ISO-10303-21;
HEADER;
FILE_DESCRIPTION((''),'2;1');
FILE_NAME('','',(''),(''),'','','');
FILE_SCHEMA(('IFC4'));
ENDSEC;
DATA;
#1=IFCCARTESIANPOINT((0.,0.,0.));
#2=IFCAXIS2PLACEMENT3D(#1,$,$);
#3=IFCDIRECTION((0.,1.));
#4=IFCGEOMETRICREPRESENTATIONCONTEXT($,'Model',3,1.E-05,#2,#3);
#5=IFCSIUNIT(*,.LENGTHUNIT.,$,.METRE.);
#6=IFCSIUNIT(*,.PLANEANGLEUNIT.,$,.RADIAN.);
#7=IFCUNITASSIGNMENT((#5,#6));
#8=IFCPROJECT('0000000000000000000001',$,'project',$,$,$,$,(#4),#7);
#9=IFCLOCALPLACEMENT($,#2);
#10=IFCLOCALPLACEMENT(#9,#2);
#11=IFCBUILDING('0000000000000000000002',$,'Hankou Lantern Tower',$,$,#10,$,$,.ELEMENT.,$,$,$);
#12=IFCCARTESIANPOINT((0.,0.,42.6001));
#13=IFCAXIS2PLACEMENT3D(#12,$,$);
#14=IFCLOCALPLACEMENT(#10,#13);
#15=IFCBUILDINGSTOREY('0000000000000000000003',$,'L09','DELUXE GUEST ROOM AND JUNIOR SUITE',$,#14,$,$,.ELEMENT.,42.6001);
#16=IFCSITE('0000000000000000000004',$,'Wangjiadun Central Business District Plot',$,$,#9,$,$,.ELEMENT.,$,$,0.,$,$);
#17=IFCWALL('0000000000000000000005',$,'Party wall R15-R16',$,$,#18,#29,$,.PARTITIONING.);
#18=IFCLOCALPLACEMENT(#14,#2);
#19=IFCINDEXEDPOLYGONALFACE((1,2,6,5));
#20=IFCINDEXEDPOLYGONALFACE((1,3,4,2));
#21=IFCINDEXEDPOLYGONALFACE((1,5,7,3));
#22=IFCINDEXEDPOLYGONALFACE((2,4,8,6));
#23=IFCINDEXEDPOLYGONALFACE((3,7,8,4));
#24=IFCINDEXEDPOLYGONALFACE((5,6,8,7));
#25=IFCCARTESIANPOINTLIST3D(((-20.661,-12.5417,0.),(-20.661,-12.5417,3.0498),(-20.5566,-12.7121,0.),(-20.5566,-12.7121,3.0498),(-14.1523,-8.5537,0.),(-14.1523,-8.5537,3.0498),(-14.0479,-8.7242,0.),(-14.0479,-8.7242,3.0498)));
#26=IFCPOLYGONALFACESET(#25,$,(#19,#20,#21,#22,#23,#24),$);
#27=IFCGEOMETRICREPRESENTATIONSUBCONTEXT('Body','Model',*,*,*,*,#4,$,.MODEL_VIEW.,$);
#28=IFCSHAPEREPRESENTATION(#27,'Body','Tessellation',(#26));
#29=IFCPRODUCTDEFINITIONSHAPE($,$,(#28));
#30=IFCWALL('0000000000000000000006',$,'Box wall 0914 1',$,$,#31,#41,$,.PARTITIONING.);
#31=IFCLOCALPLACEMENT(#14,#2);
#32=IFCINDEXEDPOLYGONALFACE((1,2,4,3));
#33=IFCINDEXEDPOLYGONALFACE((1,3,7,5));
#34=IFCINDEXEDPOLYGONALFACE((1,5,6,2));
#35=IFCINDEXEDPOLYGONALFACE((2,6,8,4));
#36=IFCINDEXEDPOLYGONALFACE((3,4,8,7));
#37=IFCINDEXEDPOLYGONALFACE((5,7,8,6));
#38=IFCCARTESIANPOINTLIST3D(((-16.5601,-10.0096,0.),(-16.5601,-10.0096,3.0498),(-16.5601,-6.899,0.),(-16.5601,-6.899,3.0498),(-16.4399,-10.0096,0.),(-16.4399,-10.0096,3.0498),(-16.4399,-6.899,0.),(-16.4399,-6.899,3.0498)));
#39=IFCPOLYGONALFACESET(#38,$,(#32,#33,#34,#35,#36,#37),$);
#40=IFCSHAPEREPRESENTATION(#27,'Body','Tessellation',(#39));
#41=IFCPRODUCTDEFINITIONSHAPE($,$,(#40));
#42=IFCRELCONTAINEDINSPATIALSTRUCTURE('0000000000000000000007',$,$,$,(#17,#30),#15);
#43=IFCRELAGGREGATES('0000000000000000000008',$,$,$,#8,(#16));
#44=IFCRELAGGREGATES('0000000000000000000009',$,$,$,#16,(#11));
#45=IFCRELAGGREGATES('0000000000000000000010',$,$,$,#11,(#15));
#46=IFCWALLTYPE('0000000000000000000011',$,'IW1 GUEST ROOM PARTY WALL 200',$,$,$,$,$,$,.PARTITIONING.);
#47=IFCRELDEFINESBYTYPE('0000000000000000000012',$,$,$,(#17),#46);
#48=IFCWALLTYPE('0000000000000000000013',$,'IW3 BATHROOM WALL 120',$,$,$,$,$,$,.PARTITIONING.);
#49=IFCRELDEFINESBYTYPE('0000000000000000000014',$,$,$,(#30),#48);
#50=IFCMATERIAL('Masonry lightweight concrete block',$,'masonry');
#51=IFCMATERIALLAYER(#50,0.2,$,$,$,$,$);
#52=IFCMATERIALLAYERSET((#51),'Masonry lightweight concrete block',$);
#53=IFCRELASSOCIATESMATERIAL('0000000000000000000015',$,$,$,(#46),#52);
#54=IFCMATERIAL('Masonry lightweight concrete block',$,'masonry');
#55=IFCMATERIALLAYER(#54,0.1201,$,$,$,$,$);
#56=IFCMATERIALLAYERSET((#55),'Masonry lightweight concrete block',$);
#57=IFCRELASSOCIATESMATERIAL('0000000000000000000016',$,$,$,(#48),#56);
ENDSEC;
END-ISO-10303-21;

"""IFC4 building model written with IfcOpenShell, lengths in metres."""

from ifc_helpers import new_model, si_unit, direction, frame, frame_2d, origin, place, context, subcontext, project, spatial, rectangle, extrude, material, layer, layer_set, type_object, element, save


model = new_model("IFC4")

# Units and contexts
model_context = context("Model", 3, precision=1e-05, world=origin(), true_north=direction((0.0, 1.0)))
body_context = subcontext(model_context, "Body", "Model", "MODEL_VIEW")
ifc_project = project(units=[si_unit("LENGTHUNIT", "METRE"), si_unit("PLANEANGLEUNIT", "RADIAN")], contexts=[model_context])

# Site, building, storey
site_placement = place(None, origin())
site = spatial("IfcSite", under=ifc_project, at=site_placement, Name="Wangjiadun Central Business District Plot", CompositionType="ELEMENT", RefElevation=0.0)
building_placement = place(site_placement, origin())
building = spatial("IfcBuilding", under=site, at=building_placement, Name="Hankou Lantern Tower", CompositionType="ELEMENT")
storey_placement = place(building_placement, frame((0.0, 0.0, 42.6001)))
storey = spatial("IfcBuildingStorey", under=building, at=storey_placement, Name="L09", Description="DELUXE GUEST ROOM AND JUNIOR SUITE", CompositionType="ELEMENT", Elevation=42.6001)

# Walls
ifc_material_1 = material(Name="Masonry lightweight concrete block", Category="masonry")
ifc_layer_1 = layer(ifc_material_1, 0.2)
ifc_layer_set_1 = layer_set([ifc_layer_1], Name="Masonry lightweight concrete block")
wall_type_1 = type_object("IfcWallType", Name="IW1 GUEST ROOM PARTY WALL 200", PredefinedType="PARTITIONING", material=ifc_layer_set_1)
wall_1_placement = place(storey_placement, frame((-14.1001, -8.6389, 0.0), z_axis=(0.0, 0.0, 1.0), x_axis=(-0.852672, -0.522446, 0.0)))
element("IfcWall", 1, at=wall_1_placement, inside=storey, type_object=wall_type_1, Name="Party wall R15-R16", PredefinedType="PARTITIONING", context=body_context, shape_type="SweptSolid", body=[
    extrude(rectangle(XDim=7.6333, YDim=0.2, at=frame_2d((3.8167, 0.0))), origin(), (0.0, 0.0, 1.0), 3.0498),
])
ifc_material_2 = material(Name="Masonry lightweight concrete block", Category="masonry")
ifc_layer_2 = layer(ifc_material_2, 0.1201)
ifc_layer_set_2 = layer_set([ifc_layer_2], Name="Masonry lightweight concrete block")
wall_type_2 = type_object("IfcWallType", Name="IW3 BATHROOM WALL 120", PredefinedType="PARTITIONING", material=ifc_layer_set_2)
wall_2_placement = place(storey_placement, frame((-16.5, -10.0095, 0.0), z_axis=(0.0, 0.0, 1.0), x_axis=(0.0, 1.0, 0.0)))
element("IfcWall", 2, at=wall_2_placement, inside=storey, type_object=wall_type_2, Name="Box wall 0914 1", PredefinedType="PARTITIONING", context=body_context, shape_type="SweptSolid", body=[
    extrude(rectangle(XDim=3.1106, YDim=0.1201, at=frame_2d((1.5552, 0.0))), origin(), (0.0, 0.0, 1.0), 3.0498),
])

save(model, "model.ifc")
